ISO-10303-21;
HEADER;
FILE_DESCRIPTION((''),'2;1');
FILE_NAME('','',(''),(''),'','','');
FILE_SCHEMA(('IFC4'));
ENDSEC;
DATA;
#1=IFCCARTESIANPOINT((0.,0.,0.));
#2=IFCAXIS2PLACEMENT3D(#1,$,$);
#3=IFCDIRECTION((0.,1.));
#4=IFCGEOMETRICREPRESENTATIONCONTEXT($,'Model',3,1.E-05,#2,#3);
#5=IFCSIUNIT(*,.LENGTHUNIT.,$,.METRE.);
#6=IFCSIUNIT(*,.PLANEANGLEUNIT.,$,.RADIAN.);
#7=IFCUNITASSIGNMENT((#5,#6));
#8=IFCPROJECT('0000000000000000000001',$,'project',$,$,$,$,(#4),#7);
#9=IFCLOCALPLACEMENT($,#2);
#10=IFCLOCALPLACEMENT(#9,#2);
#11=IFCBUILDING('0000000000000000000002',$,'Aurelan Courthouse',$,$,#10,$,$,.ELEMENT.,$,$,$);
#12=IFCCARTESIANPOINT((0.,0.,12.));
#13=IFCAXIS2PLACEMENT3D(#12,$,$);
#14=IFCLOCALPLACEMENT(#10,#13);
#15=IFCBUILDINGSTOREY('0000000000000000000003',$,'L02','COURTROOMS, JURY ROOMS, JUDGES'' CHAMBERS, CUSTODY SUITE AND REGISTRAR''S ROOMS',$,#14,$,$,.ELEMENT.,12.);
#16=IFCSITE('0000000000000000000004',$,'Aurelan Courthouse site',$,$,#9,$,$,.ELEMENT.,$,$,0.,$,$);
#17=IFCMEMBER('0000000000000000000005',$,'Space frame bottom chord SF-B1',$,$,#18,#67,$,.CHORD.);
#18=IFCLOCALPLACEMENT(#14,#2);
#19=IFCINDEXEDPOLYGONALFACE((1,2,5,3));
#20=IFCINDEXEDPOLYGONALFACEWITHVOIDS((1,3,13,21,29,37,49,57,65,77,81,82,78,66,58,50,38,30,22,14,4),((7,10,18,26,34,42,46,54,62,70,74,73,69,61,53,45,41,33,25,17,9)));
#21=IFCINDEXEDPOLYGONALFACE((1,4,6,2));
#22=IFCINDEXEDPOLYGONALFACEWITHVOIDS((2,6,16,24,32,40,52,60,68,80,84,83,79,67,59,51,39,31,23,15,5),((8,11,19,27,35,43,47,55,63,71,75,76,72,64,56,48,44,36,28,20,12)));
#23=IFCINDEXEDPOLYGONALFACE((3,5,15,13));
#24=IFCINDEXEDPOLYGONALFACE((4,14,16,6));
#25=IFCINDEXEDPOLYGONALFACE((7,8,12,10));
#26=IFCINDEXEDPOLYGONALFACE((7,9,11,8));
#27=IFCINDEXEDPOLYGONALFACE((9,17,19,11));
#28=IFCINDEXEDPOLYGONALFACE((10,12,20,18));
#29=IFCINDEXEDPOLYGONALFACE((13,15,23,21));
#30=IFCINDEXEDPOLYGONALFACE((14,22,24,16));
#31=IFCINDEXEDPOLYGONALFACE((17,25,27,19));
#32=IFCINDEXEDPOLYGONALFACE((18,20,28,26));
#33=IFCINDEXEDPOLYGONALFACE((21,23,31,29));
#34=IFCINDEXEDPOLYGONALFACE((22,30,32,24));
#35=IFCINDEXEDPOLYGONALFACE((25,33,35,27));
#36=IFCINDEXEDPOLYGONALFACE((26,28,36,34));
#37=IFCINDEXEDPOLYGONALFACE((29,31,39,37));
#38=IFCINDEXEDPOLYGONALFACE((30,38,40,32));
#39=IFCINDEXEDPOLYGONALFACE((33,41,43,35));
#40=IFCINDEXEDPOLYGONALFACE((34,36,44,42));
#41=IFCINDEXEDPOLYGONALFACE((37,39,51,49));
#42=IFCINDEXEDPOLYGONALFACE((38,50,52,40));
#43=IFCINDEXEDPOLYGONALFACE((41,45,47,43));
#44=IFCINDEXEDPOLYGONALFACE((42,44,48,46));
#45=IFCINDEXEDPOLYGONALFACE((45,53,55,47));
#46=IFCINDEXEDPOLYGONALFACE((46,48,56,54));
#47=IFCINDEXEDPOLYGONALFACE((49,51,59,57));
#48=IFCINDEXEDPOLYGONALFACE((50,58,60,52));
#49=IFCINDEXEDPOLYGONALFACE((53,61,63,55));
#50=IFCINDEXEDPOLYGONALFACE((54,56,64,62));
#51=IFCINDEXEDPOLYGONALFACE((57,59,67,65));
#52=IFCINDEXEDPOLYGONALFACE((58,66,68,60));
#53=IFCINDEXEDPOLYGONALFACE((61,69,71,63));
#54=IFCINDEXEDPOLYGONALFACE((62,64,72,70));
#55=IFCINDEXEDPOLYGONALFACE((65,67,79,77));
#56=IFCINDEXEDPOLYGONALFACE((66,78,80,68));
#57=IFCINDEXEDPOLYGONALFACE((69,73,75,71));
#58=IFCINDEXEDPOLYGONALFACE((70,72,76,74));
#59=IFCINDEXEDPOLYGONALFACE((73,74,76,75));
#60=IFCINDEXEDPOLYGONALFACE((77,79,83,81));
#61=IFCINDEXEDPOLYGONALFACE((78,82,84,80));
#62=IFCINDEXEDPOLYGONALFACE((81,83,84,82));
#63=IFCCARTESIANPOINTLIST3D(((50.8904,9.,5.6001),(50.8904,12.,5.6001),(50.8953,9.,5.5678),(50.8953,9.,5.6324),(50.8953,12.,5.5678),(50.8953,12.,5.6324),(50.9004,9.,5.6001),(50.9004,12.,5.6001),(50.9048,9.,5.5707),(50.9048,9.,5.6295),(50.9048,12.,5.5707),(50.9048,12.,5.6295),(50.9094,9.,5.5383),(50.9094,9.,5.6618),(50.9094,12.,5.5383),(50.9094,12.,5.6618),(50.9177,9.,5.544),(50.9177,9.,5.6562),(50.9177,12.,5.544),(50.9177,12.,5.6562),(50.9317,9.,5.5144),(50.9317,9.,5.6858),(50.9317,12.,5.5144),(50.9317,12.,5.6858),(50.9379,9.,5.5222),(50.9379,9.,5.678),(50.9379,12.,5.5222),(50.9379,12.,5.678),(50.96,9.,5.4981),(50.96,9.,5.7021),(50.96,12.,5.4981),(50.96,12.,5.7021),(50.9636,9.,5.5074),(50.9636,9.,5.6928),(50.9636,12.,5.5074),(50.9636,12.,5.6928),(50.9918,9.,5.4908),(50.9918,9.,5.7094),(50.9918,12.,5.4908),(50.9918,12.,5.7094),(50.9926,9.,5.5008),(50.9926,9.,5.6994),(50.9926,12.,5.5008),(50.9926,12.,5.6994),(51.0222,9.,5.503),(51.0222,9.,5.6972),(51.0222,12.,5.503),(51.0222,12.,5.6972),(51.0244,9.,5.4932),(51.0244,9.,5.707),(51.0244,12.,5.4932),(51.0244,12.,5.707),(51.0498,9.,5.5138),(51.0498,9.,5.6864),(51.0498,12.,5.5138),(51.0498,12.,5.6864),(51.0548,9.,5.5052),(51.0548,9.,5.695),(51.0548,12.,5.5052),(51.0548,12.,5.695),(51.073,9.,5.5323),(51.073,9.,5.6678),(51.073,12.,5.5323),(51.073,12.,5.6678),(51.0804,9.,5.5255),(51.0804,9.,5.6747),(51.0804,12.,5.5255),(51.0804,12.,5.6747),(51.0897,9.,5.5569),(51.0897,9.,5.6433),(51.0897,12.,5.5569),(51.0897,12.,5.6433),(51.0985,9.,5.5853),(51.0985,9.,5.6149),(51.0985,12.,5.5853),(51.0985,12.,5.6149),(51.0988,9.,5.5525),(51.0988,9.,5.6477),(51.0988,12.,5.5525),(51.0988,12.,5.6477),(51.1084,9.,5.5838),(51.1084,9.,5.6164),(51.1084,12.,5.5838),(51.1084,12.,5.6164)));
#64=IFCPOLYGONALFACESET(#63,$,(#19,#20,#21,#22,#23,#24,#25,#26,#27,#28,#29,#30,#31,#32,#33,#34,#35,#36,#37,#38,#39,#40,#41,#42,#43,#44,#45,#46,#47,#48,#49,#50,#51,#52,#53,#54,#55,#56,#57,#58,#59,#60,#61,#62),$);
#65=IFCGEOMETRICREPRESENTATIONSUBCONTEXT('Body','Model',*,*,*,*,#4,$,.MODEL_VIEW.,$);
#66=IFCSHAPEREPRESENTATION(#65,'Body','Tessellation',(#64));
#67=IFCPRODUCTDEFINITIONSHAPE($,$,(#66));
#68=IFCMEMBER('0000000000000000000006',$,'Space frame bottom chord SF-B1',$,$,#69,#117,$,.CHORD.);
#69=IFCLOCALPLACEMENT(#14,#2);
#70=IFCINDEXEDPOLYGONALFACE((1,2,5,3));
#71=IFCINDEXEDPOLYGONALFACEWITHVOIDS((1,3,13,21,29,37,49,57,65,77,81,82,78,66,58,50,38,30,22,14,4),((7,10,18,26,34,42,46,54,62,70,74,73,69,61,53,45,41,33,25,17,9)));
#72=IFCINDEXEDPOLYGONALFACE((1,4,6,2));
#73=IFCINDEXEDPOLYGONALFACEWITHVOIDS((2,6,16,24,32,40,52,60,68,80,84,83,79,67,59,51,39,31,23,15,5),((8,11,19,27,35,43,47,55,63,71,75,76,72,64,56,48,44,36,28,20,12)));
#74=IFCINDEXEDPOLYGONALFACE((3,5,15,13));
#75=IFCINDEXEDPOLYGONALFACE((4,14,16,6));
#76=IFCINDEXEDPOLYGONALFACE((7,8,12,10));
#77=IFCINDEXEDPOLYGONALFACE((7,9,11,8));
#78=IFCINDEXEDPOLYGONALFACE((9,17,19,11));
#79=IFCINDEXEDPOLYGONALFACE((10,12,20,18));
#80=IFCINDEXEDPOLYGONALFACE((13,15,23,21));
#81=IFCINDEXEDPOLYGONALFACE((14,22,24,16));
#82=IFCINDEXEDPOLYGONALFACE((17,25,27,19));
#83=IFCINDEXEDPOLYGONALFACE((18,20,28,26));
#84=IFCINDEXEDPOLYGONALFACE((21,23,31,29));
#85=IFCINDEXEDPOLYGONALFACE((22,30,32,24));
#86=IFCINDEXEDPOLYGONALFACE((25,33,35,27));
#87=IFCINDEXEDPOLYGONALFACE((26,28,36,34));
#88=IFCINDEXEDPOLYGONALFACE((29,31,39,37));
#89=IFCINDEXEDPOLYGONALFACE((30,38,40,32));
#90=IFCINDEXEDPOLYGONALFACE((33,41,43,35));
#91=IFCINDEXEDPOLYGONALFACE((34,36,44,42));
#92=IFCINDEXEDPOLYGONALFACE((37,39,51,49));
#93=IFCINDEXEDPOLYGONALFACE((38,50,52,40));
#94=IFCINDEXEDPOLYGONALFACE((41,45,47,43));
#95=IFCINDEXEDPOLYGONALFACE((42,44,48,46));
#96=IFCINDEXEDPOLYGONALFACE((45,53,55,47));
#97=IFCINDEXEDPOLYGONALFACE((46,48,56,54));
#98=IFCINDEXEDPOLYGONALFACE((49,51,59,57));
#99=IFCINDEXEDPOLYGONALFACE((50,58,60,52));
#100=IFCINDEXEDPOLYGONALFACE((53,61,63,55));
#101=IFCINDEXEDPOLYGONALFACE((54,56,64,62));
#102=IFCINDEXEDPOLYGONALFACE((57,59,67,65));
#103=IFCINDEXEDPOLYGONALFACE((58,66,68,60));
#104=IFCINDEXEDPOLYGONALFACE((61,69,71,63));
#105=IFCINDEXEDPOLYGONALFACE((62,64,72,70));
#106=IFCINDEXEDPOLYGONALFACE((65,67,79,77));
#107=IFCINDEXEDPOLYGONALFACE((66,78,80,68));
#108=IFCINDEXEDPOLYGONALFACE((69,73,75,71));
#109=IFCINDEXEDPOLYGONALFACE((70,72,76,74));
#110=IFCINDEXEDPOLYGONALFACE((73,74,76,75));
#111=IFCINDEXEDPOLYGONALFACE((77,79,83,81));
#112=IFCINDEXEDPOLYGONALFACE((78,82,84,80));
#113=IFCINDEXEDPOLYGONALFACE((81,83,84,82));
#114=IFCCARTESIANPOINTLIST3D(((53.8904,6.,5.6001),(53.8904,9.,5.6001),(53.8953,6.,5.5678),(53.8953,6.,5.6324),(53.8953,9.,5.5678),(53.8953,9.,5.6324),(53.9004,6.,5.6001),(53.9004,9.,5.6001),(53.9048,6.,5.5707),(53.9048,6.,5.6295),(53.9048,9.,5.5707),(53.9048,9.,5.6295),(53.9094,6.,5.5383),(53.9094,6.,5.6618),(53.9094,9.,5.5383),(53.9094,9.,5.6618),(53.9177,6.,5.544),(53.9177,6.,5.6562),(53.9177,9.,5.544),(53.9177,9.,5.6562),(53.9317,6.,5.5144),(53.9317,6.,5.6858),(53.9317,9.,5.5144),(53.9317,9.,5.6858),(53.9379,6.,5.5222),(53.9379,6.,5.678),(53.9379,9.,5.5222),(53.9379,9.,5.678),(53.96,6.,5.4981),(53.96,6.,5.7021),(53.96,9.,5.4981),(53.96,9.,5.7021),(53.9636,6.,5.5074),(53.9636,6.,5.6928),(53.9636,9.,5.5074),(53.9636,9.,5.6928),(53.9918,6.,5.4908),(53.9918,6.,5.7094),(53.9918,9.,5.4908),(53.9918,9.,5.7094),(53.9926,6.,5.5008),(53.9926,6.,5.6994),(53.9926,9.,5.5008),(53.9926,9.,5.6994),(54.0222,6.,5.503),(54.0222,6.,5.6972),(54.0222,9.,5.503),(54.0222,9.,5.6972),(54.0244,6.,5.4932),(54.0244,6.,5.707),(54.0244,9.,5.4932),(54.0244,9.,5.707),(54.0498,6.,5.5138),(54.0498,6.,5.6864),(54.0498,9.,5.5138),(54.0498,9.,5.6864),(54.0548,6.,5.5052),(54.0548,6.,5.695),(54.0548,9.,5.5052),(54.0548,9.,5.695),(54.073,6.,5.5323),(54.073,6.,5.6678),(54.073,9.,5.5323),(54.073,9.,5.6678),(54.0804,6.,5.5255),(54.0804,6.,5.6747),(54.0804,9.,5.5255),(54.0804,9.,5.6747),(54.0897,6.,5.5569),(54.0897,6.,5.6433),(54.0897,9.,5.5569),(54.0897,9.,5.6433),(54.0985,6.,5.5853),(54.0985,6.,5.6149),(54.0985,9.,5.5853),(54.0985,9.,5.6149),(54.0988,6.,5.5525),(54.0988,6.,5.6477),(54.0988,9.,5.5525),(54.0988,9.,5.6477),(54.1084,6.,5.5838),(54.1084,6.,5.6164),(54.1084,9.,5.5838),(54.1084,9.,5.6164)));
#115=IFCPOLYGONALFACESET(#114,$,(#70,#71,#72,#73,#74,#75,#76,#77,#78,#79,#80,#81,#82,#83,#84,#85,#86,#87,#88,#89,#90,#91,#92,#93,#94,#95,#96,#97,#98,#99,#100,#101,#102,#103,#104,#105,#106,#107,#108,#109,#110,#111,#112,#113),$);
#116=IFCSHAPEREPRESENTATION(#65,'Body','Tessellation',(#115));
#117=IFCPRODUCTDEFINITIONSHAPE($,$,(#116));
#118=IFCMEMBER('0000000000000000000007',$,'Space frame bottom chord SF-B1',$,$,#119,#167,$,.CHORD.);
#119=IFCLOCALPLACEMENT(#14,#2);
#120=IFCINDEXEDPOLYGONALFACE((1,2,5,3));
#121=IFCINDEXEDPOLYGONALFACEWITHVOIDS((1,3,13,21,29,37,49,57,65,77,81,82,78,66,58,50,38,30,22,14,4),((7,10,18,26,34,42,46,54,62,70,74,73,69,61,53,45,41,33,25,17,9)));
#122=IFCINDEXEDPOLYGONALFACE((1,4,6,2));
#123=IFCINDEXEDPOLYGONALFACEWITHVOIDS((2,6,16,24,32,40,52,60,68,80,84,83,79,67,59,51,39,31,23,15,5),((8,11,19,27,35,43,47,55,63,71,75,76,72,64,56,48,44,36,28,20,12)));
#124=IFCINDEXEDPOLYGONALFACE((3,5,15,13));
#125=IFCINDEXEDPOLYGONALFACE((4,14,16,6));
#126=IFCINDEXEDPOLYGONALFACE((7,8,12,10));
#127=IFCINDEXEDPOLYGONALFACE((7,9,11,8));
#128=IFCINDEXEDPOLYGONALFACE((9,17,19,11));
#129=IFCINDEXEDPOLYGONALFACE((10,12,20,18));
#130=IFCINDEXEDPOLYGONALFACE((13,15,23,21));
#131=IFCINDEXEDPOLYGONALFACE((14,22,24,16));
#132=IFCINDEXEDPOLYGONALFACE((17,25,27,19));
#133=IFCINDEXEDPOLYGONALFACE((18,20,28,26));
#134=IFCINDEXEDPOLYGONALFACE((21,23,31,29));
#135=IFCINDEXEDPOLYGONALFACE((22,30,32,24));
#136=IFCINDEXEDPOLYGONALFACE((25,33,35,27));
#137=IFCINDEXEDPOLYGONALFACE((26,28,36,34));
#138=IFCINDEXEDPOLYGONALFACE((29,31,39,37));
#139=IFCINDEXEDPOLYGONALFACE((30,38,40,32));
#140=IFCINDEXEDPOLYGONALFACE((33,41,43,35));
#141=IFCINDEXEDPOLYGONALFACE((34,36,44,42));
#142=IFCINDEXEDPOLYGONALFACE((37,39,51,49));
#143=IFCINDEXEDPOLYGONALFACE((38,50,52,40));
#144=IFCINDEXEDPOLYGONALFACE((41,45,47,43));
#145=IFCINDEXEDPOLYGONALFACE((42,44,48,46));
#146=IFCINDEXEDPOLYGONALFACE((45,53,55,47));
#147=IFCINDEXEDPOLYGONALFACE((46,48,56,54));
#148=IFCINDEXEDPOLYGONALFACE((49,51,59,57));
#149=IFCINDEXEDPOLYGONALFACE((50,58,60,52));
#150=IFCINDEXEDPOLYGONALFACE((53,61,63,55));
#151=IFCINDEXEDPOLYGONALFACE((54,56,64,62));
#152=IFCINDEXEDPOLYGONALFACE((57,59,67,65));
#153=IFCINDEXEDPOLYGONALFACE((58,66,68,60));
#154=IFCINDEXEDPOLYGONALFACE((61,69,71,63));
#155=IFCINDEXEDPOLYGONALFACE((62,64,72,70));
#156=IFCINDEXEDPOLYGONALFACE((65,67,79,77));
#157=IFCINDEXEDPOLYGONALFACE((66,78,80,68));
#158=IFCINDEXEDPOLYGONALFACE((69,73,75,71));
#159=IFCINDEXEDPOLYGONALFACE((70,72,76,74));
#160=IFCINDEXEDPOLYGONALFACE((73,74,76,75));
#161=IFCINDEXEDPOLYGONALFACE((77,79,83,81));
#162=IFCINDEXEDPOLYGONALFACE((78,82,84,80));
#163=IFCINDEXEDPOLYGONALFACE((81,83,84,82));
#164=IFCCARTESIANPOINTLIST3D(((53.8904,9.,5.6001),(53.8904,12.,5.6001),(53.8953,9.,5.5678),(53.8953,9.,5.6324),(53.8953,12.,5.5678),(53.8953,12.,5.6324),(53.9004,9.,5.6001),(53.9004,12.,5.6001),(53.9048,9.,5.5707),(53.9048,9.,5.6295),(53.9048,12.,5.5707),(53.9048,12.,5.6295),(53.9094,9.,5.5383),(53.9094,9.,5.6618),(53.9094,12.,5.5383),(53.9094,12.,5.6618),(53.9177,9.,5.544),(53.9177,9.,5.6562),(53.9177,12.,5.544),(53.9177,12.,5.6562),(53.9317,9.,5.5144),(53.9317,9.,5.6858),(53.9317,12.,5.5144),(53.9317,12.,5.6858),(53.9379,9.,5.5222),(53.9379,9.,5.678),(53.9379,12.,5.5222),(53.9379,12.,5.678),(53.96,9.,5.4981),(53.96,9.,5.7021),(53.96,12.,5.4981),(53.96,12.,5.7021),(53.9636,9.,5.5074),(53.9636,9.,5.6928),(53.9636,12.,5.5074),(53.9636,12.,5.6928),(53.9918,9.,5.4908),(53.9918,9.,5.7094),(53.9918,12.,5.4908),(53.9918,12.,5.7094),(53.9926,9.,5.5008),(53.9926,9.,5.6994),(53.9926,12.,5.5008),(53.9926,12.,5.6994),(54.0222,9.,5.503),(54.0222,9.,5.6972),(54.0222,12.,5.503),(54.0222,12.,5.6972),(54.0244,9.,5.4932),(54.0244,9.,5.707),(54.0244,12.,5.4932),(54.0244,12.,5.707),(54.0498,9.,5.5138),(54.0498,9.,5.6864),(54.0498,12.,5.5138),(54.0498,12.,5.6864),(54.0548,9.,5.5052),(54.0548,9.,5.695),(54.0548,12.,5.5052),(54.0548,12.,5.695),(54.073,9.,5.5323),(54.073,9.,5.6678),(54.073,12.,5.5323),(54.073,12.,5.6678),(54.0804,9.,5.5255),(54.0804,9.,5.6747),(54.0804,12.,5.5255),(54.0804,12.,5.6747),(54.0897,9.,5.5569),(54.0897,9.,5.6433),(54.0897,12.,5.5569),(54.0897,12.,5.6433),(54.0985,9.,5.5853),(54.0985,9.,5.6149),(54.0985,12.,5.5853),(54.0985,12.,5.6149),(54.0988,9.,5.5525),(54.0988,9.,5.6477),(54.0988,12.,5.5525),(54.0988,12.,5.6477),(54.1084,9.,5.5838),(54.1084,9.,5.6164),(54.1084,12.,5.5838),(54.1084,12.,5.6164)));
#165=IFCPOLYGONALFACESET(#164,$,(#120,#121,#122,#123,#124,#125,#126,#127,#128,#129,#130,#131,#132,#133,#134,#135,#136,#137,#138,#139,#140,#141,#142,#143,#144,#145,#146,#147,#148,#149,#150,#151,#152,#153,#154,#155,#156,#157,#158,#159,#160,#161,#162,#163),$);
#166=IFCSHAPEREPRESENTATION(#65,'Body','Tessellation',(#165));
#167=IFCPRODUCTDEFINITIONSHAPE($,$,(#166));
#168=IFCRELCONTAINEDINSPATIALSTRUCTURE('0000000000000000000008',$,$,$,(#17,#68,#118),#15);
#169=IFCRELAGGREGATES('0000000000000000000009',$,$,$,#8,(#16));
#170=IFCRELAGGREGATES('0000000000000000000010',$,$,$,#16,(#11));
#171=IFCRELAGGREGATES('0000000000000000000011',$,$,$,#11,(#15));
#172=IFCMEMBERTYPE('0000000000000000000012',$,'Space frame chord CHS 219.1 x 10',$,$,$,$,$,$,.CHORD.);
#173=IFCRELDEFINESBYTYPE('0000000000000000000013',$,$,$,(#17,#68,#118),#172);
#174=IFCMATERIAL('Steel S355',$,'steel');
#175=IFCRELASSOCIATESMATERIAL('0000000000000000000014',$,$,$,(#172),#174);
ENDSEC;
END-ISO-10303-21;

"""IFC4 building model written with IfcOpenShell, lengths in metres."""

from ifc_helpers import new_model, si_unit, direction, frame, origin, origin_2d, place, context, subcontext, project, spatial, hollow_circle, extrude, material, material_profile, profile_set, type_object, element, save


model = new_model("IFC4")

# Units and contexts
model_context = context("Model", 3, precision=1e-05, world=origin(), true_north=direction((0.0, 1.0)))
body_context = subcontext(model_context, "Body", "Model", "MODEL_VIEW")
ifc_project = project(units=[si_unit("LENGTHUNIT", "METRE"), si_unit("PLANEANGLEUNIT", "RADIAN")], contexts=[model_context])

# Site, building, storey
site_placement = place(None, origin())
site = spatial("IfcSite", under=ifc_project, at=site_placement, Name="Aurelan Courthouse site", CompositionType="ELEMENT", RefElevation=0.0)
building_placement = place(site_placement, origin())
building = spatial("IfcBuilding", under=site, at=building_placement, Name="Aurelan Courthouse", CompositionType="ELEMENT")
storey_placement = place(building_placement, frame((0.0, 0.0, 12.0)))
storey = spatial("IfcBuildingStorey", under=building, at=storey_placement, Name="L02", Description="COURTROOMS, JURY ROOMS, JUDGES' CHAMBERS, CUSTODY SUITE AND REGISTRAR'S ROOMS", CompositionType="ELEMENT", Elevation=12.0)

# Members
ifc_material_1 = material(Name="Steel S355", Category="steel")
ifc_material_profile_1 = material_profile(ifc_material_1, hollow_circle(Radius=0.1096, WallThickness=0.01, at=origin_2d()), Name="CHS 219.1 x 10")
ifc_profile_set_1 = profile_set([ifc_material_profile_1], Name="Steel S355")
member_type_1 = type_object("IfcMemberType", Name="Space frame chord CHS 219.1 x 10", PredefinedType="CHORD", material=ifc_profile_set_1)
for number, where, z_axis, x_axis, name in (
    (1, (51.0, 9.0, 5.6001), (0.0, 1.0, 0.0), (-1.0, 0.0, 0.0), "Space frame bottom chord SF-B1"),
    (2, (54.0, 6.0, 5.6001), (0.0, 1.0, 0.0), (-1.0, 0.0, 0.0), "Space frame bottom chord SF-B1"),
    (3, (54.0, 9.0, 5.6001), (0.0, 1.0, 0.0), (-1.0, 0.0, 0.0), "Space frame bottom chord SF-B1"),
):
    element("IfcMember", number, at=place(storey_placement, frame(where, z_axis=z_axis, x_axis=x_axis)), inside=storey, type_object=member_type_1, Name=name, PredefinedType="CHORD", context=body_context, shape_type="SweptSolid", body=[
        extrude(hollow_circle(Radius=0.1096, WallThickness=0.01, at=origin_2d()), origin(), (0.0, 0.0, 1.0), 3.0),
    ])

save(model, "model.ifc")
